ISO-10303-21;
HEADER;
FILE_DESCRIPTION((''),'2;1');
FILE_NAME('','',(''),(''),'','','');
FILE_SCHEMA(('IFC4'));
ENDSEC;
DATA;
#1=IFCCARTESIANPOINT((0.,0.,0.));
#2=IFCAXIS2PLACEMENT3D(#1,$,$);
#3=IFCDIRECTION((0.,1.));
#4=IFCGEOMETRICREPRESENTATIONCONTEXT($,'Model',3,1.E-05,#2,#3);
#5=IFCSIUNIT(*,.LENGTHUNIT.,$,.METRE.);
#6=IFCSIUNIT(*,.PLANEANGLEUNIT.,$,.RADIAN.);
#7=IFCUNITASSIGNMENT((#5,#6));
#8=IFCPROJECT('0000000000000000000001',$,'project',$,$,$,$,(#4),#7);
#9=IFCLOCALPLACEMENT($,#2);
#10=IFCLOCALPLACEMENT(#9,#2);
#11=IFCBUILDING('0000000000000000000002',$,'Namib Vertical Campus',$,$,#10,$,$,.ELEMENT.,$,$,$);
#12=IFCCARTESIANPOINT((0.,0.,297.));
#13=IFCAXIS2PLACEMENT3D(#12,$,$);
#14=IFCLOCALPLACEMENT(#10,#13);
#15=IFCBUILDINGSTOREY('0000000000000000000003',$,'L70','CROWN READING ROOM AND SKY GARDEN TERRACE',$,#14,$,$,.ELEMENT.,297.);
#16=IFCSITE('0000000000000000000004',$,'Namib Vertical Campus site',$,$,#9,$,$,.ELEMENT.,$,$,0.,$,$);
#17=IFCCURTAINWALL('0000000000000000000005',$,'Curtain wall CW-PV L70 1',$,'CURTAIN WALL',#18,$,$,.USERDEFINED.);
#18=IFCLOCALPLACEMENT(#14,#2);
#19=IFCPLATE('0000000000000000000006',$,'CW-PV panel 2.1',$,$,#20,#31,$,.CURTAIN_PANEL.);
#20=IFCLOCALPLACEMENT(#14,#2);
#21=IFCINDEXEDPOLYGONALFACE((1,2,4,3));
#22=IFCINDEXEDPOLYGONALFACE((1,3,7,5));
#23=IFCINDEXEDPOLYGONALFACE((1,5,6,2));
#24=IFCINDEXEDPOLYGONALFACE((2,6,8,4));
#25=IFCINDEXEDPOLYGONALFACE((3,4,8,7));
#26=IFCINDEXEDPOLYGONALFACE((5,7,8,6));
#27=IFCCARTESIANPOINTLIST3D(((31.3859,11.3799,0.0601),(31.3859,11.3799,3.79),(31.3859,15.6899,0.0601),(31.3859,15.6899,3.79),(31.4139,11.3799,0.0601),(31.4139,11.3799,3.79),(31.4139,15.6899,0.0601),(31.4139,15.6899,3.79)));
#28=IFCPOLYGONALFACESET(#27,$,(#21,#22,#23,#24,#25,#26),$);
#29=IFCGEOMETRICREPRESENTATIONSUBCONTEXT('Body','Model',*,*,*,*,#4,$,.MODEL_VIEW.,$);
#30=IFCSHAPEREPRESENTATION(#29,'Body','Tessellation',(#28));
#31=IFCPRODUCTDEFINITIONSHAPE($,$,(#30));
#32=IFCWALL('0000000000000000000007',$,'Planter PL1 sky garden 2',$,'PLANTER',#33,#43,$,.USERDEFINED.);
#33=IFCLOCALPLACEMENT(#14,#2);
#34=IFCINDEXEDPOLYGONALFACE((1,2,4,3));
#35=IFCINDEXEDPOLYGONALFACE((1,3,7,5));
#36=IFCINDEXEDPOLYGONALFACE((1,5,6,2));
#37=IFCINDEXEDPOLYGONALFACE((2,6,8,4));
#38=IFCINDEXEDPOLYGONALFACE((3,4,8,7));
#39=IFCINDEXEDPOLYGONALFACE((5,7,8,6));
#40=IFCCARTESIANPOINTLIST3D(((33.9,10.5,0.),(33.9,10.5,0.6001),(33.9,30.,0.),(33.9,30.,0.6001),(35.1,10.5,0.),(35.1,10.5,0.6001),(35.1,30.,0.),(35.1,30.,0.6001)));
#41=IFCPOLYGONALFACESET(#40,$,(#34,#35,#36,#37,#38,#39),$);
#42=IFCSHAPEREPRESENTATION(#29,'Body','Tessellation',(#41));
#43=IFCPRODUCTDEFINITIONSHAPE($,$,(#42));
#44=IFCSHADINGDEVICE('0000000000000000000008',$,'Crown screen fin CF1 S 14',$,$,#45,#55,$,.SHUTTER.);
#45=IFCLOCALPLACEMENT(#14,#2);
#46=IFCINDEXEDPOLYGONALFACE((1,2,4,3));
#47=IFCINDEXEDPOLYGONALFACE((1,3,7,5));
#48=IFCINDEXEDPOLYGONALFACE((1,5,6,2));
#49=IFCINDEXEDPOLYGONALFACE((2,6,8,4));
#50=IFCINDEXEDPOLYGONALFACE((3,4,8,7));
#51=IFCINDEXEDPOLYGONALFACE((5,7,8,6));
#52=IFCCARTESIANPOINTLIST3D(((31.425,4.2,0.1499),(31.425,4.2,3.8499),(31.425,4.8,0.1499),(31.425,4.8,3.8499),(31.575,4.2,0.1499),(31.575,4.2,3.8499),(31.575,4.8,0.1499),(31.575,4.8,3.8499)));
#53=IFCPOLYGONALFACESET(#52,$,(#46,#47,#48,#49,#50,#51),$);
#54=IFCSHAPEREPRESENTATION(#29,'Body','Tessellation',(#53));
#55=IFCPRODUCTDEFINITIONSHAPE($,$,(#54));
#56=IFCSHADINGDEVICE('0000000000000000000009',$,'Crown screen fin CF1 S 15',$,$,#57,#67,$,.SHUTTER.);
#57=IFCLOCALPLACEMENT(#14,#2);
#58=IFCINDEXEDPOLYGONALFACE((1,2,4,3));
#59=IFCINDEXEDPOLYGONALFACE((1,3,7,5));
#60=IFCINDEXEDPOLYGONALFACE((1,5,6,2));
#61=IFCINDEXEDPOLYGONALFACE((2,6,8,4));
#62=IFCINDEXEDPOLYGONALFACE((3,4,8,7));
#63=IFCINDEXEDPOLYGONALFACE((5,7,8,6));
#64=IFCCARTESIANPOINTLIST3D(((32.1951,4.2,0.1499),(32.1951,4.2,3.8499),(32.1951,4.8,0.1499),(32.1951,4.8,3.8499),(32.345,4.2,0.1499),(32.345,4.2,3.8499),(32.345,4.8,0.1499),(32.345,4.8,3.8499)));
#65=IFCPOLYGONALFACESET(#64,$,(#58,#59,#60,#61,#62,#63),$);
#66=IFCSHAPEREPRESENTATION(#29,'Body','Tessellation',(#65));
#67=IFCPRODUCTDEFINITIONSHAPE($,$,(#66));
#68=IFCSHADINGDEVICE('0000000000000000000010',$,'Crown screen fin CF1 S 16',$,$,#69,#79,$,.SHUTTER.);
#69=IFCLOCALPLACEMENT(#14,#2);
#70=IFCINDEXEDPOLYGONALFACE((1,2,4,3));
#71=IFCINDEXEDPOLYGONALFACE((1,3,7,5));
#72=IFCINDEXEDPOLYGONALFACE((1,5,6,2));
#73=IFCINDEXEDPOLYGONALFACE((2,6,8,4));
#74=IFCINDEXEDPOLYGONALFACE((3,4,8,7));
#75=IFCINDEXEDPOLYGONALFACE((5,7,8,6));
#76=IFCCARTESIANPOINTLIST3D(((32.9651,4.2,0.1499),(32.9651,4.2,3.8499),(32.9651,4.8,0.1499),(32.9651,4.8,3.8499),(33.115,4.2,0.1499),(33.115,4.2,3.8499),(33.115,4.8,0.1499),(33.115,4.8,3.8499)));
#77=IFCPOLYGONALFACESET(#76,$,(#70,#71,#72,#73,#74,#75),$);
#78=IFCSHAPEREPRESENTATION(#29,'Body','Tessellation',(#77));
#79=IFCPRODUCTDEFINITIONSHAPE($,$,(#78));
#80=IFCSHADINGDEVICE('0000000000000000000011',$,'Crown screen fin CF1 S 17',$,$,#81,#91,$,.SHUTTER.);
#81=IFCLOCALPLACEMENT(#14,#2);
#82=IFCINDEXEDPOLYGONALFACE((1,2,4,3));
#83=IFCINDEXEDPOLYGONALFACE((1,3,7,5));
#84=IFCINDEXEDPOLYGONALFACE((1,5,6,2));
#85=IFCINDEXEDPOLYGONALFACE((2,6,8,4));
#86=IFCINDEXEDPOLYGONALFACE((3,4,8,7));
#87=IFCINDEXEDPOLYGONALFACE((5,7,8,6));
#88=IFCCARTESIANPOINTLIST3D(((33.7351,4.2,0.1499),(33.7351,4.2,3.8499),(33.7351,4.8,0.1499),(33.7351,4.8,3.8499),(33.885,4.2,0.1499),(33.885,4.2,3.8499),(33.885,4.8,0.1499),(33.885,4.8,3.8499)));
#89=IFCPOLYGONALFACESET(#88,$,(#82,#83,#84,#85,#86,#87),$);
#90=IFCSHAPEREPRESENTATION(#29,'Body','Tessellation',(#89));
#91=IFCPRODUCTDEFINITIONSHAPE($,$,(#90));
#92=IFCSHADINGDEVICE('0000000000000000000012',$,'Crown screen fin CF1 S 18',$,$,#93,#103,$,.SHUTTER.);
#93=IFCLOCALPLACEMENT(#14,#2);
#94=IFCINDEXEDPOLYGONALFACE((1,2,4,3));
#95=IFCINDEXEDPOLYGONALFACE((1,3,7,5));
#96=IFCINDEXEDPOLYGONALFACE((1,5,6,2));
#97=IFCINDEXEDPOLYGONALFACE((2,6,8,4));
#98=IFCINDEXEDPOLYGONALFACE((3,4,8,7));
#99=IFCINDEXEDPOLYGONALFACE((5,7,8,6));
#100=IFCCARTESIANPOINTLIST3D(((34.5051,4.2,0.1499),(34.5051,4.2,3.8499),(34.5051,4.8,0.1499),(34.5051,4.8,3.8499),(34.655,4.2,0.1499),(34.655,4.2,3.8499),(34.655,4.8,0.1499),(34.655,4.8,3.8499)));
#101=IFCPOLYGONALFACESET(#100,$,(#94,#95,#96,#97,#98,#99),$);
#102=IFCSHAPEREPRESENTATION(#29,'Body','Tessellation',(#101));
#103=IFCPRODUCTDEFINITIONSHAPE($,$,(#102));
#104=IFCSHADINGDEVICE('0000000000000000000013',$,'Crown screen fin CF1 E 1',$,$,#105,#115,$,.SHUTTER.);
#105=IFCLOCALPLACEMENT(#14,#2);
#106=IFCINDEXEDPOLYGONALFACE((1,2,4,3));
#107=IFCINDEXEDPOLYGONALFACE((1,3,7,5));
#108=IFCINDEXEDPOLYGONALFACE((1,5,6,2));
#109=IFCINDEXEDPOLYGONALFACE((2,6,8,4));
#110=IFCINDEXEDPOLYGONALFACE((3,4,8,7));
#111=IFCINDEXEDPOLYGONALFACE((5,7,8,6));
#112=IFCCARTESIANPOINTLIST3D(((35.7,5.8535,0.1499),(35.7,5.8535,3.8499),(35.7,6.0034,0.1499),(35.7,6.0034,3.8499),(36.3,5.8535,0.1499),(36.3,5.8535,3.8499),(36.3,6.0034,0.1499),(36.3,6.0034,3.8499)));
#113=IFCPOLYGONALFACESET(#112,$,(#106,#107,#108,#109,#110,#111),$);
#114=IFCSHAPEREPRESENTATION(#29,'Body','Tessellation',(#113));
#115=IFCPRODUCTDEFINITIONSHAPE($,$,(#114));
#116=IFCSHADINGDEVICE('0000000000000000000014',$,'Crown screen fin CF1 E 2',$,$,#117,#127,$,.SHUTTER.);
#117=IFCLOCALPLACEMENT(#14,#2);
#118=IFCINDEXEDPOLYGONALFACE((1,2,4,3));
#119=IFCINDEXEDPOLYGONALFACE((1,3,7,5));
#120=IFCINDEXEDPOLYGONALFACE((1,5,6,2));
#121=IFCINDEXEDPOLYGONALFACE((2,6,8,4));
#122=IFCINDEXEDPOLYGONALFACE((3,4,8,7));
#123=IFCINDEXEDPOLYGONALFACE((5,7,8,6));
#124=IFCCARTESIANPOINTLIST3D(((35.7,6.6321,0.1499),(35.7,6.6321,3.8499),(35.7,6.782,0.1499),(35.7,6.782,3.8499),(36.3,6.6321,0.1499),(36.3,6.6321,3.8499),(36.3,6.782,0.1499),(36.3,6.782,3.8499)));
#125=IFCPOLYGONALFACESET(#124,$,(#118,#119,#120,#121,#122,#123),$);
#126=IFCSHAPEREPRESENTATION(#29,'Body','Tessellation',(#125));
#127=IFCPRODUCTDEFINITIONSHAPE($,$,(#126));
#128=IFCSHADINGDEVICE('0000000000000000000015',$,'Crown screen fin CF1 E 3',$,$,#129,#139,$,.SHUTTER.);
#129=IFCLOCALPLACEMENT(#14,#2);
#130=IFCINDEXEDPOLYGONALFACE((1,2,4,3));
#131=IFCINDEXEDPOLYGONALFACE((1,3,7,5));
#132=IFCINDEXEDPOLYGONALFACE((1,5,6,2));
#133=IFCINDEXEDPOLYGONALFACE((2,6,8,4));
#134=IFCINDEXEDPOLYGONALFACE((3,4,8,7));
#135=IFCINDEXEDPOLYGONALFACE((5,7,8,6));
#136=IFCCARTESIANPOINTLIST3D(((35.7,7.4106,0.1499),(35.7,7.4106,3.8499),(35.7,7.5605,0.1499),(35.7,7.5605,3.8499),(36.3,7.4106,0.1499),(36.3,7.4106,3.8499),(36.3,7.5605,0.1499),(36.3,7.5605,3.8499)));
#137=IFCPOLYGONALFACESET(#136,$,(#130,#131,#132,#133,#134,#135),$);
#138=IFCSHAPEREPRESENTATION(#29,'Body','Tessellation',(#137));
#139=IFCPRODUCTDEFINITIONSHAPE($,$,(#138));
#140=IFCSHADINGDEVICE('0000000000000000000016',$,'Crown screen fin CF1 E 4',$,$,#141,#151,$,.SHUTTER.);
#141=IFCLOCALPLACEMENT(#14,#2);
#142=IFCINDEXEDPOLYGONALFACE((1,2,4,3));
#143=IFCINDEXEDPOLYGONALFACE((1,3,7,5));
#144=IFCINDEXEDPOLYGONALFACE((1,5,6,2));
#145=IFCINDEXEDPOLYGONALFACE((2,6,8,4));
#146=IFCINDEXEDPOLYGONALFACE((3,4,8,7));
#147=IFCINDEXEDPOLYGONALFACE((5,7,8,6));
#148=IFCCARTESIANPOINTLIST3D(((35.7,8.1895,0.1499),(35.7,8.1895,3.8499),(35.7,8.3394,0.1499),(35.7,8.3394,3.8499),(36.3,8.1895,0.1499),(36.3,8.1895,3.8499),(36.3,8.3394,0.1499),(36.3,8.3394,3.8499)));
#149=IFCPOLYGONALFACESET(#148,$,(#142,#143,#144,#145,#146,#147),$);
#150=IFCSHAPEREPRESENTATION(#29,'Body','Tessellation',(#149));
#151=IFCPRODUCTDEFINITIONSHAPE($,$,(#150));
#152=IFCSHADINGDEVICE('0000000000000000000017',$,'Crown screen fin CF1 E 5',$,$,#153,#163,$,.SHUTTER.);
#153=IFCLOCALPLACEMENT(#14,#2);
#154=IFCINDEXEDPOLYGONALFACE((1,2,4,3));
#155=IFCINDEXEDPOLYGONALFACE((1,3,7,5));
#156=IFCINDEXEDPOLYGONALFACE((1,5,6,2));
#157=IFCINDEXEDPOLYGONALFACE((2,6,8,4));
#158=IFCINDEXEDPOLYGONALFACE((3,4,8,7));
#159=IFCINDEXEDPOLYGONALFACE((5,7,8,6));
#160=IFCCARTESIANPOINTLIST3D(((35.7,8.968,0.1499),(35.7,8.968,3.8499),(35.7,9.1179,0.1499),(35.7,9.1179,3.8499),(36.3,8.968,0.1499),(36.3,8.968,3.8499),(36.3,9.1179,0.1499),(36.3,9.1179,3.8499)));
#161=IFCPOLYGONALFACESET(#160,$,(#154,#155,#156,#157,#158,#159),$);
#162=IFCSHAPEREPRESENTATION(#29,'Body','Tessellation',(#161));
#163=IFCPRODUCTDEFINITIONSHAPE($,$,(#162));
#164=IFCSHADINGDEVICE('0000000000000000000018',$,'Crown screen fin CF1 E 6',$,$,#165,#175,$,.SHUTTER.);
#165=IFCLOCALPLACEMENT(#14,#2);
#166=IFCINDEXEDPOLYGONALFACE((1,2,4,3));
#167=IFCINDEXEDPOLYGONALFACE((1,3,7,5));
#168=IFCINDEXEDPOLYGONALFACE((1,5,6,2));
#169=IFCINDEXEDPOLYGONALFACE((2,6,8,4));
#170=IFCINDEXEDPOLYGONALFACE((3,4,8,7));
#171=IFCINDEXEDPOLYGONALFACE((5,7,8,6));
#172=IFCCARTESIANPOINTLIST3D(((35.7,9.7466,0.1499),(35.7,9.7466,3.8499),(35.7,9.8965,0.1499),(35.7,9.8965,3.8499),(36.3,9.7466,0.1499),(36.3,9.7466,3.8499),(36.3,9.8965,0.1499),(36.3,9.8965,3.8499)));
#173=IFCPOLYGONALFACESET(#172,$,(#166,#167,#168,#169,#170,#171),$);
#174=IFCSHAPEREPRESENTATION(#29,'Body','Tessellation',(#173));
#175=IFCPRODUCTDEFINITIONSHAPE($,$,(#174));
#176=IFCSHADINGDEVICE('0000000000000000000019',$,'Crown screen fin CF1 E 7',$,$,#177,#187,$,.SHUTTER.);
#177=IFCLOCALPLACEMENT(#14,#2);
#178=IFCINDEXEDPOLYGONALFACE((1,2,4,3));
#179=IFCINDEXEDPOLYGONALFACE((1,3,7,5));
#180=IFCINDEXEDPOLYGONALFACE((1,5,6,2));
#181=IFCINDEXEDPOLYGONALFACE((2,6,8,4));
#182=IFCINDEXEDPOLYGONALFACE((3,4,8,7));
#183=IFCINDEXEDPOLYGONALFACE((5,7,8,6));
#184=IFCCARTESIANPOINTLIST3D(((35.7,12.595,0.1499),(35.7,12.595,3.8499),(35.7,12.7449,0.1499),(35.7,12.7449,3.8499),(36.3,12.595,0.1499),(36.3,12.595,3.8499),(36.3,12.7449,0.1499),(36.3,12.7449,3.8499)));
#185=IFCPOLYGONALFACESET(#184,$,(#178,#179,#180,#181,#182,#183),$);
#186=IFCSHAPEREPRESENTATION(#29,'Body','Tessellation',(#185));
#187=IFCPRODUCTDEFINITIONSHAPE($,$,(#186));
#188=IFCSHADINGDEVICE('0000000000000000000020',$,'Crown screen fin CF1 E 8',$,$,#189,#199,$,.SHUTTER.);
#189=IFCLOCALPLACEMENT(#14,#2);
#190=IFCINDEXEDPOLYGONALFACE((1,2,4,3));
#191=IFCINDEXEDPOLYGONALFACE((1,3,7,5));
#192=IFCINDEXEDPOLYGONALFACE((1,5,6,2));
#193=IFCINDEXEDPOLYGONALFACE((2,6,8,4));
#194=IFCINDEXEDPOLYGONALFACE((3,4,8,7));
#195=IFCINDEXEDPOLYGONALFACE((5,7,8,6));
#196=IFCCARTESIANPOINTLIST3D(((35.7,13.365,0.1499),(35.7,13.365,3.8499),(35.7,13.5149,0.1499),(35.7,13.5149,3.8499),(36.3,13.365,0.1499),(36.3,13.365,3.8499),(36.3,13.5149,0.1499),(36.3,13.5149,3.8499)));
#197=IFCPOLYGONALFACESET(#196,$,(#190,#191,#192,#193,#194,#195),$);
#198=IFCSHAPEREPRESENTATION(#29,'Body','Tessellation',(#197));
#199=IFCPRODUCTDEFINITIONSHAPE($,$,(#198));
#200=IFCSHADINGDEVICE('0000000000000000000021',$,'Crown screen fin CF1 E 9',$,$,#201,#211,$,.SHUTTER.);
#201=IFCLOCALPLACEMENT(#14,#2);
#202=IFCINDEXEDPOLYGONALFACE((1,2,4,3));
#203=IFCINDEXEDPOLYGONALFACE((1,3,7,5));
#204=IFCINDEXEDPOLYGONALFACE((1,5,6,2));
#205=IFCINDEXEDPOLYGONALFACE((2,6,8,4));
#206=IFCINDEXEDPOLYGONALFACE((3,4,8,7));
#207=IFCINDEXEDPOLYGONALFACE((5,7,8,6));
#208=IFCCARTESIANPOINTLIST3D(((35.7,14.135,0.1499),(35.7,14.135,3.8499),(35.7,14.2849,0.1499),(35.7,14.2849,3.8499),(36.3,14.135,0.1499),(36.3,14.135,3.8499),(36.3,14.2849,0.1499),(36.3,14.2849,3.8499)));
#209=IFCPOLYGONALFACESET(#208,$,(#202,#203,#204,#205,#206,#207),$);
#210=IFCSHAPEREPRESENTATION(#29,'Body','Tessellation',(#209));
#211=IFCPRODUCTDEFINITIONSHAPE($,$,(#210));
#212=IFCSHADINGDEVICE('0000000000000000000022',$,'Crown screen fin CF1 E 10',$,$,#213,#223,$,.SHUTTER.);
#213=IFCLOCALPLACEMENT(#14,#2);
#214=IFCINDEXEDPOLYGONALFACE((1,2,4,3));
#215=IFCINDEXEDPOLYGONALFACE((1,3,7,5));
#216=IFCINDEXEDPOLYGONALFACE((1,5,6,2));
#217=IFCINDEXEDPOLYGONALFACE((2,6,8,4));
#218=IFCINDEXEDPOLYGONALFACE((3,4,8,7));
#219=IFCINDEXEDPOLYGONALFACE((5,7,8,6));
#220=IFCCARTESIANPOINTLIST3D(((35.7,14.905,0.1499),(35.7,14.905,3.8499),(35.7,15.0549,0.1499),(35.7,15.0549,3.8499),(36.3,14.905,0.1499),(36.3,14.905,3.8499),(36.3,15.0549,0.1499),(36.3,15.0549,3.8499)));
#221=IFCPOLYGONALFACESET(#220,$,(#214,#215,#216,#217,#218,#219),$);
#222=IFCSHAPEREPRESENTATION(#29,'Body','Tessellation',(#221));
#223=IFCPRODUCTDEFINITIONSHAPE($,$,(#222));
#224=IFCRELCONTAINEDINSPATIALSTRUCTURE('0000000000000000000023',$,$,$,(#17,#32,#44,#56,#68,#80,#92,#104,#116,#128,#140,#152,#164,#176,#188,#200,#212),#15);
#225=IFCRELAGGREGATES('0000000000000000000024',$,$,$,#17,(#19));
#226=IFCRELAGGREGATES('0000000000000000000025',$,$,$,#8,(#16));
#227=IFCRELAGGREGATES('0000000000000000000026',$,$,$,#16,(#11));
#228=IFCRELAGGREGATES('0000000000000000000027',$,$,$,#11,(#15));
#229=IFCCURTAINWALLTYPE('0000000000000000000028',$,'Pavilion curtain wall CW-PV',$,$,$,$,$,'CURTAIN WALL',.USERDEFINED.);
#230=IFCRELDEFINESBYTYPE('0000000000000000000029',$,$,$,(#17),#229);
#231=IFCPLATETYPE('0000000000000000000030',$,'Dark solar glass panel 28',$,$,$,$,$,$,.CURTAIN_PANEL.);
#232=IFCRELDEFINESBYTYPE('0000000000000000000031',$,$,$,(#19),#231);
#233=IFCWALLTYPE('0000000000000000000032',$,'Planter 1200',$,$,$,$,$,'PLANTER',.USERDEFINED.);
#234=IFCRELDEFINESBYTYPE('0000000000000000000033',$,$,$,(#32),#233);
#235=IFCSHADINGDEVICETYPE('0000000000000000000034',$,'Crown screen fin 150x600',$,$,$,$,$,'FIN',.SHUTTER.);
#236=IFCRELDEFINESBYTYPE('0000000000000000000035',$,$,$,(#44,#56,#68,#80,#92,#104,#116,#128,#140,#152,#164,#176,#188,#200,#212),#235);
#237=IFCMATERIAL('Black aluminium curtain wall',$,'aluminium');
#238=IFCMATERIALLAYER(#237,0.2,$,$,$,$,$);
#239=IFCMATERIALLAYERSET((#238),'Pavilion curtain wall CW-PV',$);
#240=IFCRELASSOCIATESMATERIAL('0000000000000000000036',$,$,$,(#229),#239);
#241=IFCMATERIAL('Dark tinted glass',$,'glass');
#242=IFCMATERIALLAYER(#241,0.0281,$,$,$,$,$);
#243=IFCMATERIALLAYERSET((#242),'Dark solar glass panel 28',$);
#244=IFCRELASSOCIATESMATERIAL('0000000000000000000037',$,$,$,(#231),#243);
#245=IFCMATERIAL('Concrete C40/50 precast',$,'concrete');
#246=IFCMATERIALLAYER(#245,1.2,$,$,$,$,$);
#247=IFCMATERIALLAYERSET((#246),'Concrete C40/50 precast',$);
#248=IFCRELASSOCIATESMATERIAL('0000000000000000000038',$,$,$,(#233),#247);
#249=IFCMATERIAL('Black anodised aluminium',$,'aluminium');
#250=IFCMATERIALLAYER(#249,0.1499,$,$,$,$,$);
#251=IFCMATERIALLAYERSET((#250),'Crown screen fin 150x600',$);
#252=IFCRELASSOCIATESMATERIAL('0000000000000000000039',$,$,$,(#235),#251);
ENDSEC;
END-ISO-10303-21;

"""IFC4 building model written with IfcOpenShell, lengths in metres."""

from ifc_helpers import new_model, si_unit, direction, frame, frame_2d, origin, origin_2d, place, context, subcontext, project, spatial, rectangle, extrude, material, layer, layer_set, type_object, element, aggregate, save


model = new_model("IFC4")

# Units and contexts
model_context = context("Model", 3, precision=1e-05, world=origin(), true_north=direction((0.0, 1.0)))
body_context = subcontext(model_context, "Body", "Model", "MODEL_VIEW")
ifc_project = project(units=[si_unit("LENGTHUNIT", "METRE"), si_unit("PLANEANGLEUNIT", "RADIAN")], contexts=[model_context])

# Site, building, storey
site_placement = place(None, origin())
site = spatial("IfcSite", under=ifc_project, at=site_placement, Name="Namib Vertical Campus site", CompositionType="ELEMENT", RefElevation=0.0)
building_placement = place(site_placement, origin())
building = spatial("IfcBuilding", under=site, at=building_placement, Name="Namib Vertical Campus", CompositionType="ELEMENT")
storey_placement = place(building_placement, frame((0.0, 0.0, 297.0)))
storey = spatial("IfcBuildingStorey", under=building, at=storey_placement, Name="L70", Description="CROWN READING ROOM AND SKY GARDEN TERRACE", CompositionType="ELEMENT", Elevation=297.0)

# Curtain wall
ifc_material_1 = material(Name="Black aluminium curtain wall", Category="aluminium")
ifc_layer_1 = layer(ifc_material_1, 0.2)
ifc_layer_set_1 = layer_set([ifc_layer_1], Name="Pavilion curtain wall CW-PV")
curtain_wall_type = type_object("IfcCurtainWallType", Name="Pavilion curtain wall CW-PV", ElementType="CURTAIN WALL", PredefinedType="USERDEFINED", material=ifc_layer_set_1)
curtain_wall_1_placement = place(storey_placement, origin())
curtain_wall_1 = element("IfcCurtainWall", 1, at=curtain_wall_1_placement, inside=storey, type_object=curtain_wall_type, Name="Curtain wall CW-PV L70 1", ObjectType="CURTAIN WALL", PredefinedType="USERDEFINED")

# Plate
ifc_material_2 = material(Name="Dark tinted glass", Category="glass")
ifc_layer_2 = layer(ifc_material_2, 0.0281)
ifc_layer_set_2 = layer_set([ifc_layer_2], Name="Dark solar glass panel 28")
plate_type = type_object("IfcPlateType", Name="Dark solar glass panel 28", PredefinedType="CURTAIN_PANEL", material=ifc_layer_set_2)
plate_placement = place(storey_placement, frame((31.3999, 13.5349, 0.0601), z_axis=(0.0, 0.0, 1.0), x_axis=(0.0, 1.0, 0.0)))
plate = element("IfcPlate", 2, at=plate_placement, type_object=plate_type, Name="CW-PV panel 2.1", PredefinedType="CURTAIN_PANEL", context=body_context, shape_type="SweptSolid", body=[
    extrude(rectangle(XDim=4.3101, YDim=0.0281, at=origin_2d()), origin(), (0.0, 0.0, 1.0), 3.73),
])
aggregate(curtain_wall_1, [plate])

# Wall
ifc_material_3 = material(Name="Concrete C40/50 precast", Category="concrete")
ifc_layer_3 = layer(ifc_material_3, 1.2)
ifc_layer_set_3 = layer_set([ifc_layer_3], Name="Concrete C40/50 precast")
wall_type = type_object("IfcWallType", Name="Planter 1200", ElementType="PLANTER", PredefinedType="USERDEFINED", material=ifc_layer_set_3)
wall_placement = place(storey_placement, frame((34.5, 10.5, 0.0), z_axis=(0.0, 0.0, 1.0), x_axis=(0.0, 1.0, 0.0)))
element("IfcWall", 3, at=wall_placement, inside=storey, type_object=wall_type, Name="Planter PL1 sky garden 2", ObjectType="PLANTER", PredefinedType="USERDEFINED", context=body_context, shape_type="SweptSolid", body=[
    extrude(rectangle(XDim=19.5, YDim=1.2, at=frame_2d((9.75, 0.0))), origin(), (0.0, 0.0, 1.0), 0.6001),
])

# Shading devices
ifc_material_4 = material(Name="Black anodised aluminium", Category="aluminium")
ifc_layer_4 = layer(ifc_material_4, 0.1499)
ifc_layer_set_4 = layer_set([ifc_layer_4], Name="Crown screen fin 150x600")
shading_device_type = type_object("IfcShadingDeviceType", Name="Crown screen fin 150x600", ElementType="FIN", PredefinedType="SHUTTER", material=ifc_layer_set_4)
for number, where, z_axis, x_axis, name in (
    (4, (31.5, 4.5, 0.1499), (0.0, 0.0, 1.0), (1.0, 0.0, 0.0), "Crown screen fin CF1 S 14"),
    (5, (32.27, 4.5, 0.1499), (0.0, 0.0, 1.0), (1.0, 0.0, 0.0), "Crown screen fin CF1 S 15"),
    (6, (33.04, 4.5, 0.1499), (0.0, 0.0, 1.0), (1.0, 0.0, 0.0), "Crown screen fin CF1 S 16"),
    (7, (33.8101, 4.5, 0.1499), (0.0, 0.0, 1.0), (1.0, 0.0, 0.0), "Crown screen fin CF1 S 17"),
    (8, (34.5801, 4.5, 0.1499), (0.0, 0.0, 1.0), (1.0, 0.0, 0.0), "Crown screen fin CF1 S 18"),
    (9, (36.0, 5.9285, 0.1499), (0.0, 0.0, 1.0), (0.0, 1.0, 0.0), "Crown screen fin CF1 E 1"),
    (10, (36.0, 6.707, 0.1499), (0.0, 0.0, 1.0), (0.0, 1.0, 0.0), "Crown screen fin CF1 E 2"),
    (11, (36.0, 7.4856, 0.1499), (0.0, 0.0, 1.0), (0.0, 1.0, 0.0), "Crown screen fin CF1 E 3"),
    (12, (36.0, 8.2644, 0.1499), (0.0, 0.0, 1.0), (0.0, 1.0, 0.0), "Crown screen fin CF1 E 4"),
    (13, (36.0, 9.043, 0.1499), (0.0, 0.0, 1.0), (0.0, 1.0, 0.0), "Crown screen fin CF1 E 5"),
    (14, (36.0, 9.8215, 0.1499), (0.0, 0.0, 1.0), (0.0, 1.0, 0.0), "Crown screen fin CF1 E 6"),
    (15, (36.0, 12.6699, 0.1499), (0.0, 0.0, 1.0), (0.0, 1.0, 0.0), "Crown screen fin CF1 E 7"),
    (16, (36.0, 13.4399, 0.1499), (0.0, 0.0, 1.0), (0.0, 1.0, 0.0), "Crown screen fin CF1 E 8"),
    (17, (36.0, 14.21, 0.1499), (0.0, 0.0, 1.0), (0.0, 1.0, 0.0), "Crown screen fin CF1 E 9"),
    (18, (36.0, 14.98, 0.1499), (0.0, 0.0, 1.0), (0.0, 1.0, 0.0), "Crown screen fin CF1 E 10"),
):
    element("IfcShadingDevice", number, at=place(storey_placement, frame(where, z_axis=z_axis, x_axis=x_axis)), inside=storey, type_object=shading_device_type, Name=name, PredefinedType="SHUTTER", context=body_context, shape_type="SweptSolid", body=[
        extrude(rectangle(XDim=0.1499, YDim=0.6001, at=origin_2d()), origin(), (0.0, 0.0, 1.0), 3.7),
    ])

save(model, "model.ifc")
